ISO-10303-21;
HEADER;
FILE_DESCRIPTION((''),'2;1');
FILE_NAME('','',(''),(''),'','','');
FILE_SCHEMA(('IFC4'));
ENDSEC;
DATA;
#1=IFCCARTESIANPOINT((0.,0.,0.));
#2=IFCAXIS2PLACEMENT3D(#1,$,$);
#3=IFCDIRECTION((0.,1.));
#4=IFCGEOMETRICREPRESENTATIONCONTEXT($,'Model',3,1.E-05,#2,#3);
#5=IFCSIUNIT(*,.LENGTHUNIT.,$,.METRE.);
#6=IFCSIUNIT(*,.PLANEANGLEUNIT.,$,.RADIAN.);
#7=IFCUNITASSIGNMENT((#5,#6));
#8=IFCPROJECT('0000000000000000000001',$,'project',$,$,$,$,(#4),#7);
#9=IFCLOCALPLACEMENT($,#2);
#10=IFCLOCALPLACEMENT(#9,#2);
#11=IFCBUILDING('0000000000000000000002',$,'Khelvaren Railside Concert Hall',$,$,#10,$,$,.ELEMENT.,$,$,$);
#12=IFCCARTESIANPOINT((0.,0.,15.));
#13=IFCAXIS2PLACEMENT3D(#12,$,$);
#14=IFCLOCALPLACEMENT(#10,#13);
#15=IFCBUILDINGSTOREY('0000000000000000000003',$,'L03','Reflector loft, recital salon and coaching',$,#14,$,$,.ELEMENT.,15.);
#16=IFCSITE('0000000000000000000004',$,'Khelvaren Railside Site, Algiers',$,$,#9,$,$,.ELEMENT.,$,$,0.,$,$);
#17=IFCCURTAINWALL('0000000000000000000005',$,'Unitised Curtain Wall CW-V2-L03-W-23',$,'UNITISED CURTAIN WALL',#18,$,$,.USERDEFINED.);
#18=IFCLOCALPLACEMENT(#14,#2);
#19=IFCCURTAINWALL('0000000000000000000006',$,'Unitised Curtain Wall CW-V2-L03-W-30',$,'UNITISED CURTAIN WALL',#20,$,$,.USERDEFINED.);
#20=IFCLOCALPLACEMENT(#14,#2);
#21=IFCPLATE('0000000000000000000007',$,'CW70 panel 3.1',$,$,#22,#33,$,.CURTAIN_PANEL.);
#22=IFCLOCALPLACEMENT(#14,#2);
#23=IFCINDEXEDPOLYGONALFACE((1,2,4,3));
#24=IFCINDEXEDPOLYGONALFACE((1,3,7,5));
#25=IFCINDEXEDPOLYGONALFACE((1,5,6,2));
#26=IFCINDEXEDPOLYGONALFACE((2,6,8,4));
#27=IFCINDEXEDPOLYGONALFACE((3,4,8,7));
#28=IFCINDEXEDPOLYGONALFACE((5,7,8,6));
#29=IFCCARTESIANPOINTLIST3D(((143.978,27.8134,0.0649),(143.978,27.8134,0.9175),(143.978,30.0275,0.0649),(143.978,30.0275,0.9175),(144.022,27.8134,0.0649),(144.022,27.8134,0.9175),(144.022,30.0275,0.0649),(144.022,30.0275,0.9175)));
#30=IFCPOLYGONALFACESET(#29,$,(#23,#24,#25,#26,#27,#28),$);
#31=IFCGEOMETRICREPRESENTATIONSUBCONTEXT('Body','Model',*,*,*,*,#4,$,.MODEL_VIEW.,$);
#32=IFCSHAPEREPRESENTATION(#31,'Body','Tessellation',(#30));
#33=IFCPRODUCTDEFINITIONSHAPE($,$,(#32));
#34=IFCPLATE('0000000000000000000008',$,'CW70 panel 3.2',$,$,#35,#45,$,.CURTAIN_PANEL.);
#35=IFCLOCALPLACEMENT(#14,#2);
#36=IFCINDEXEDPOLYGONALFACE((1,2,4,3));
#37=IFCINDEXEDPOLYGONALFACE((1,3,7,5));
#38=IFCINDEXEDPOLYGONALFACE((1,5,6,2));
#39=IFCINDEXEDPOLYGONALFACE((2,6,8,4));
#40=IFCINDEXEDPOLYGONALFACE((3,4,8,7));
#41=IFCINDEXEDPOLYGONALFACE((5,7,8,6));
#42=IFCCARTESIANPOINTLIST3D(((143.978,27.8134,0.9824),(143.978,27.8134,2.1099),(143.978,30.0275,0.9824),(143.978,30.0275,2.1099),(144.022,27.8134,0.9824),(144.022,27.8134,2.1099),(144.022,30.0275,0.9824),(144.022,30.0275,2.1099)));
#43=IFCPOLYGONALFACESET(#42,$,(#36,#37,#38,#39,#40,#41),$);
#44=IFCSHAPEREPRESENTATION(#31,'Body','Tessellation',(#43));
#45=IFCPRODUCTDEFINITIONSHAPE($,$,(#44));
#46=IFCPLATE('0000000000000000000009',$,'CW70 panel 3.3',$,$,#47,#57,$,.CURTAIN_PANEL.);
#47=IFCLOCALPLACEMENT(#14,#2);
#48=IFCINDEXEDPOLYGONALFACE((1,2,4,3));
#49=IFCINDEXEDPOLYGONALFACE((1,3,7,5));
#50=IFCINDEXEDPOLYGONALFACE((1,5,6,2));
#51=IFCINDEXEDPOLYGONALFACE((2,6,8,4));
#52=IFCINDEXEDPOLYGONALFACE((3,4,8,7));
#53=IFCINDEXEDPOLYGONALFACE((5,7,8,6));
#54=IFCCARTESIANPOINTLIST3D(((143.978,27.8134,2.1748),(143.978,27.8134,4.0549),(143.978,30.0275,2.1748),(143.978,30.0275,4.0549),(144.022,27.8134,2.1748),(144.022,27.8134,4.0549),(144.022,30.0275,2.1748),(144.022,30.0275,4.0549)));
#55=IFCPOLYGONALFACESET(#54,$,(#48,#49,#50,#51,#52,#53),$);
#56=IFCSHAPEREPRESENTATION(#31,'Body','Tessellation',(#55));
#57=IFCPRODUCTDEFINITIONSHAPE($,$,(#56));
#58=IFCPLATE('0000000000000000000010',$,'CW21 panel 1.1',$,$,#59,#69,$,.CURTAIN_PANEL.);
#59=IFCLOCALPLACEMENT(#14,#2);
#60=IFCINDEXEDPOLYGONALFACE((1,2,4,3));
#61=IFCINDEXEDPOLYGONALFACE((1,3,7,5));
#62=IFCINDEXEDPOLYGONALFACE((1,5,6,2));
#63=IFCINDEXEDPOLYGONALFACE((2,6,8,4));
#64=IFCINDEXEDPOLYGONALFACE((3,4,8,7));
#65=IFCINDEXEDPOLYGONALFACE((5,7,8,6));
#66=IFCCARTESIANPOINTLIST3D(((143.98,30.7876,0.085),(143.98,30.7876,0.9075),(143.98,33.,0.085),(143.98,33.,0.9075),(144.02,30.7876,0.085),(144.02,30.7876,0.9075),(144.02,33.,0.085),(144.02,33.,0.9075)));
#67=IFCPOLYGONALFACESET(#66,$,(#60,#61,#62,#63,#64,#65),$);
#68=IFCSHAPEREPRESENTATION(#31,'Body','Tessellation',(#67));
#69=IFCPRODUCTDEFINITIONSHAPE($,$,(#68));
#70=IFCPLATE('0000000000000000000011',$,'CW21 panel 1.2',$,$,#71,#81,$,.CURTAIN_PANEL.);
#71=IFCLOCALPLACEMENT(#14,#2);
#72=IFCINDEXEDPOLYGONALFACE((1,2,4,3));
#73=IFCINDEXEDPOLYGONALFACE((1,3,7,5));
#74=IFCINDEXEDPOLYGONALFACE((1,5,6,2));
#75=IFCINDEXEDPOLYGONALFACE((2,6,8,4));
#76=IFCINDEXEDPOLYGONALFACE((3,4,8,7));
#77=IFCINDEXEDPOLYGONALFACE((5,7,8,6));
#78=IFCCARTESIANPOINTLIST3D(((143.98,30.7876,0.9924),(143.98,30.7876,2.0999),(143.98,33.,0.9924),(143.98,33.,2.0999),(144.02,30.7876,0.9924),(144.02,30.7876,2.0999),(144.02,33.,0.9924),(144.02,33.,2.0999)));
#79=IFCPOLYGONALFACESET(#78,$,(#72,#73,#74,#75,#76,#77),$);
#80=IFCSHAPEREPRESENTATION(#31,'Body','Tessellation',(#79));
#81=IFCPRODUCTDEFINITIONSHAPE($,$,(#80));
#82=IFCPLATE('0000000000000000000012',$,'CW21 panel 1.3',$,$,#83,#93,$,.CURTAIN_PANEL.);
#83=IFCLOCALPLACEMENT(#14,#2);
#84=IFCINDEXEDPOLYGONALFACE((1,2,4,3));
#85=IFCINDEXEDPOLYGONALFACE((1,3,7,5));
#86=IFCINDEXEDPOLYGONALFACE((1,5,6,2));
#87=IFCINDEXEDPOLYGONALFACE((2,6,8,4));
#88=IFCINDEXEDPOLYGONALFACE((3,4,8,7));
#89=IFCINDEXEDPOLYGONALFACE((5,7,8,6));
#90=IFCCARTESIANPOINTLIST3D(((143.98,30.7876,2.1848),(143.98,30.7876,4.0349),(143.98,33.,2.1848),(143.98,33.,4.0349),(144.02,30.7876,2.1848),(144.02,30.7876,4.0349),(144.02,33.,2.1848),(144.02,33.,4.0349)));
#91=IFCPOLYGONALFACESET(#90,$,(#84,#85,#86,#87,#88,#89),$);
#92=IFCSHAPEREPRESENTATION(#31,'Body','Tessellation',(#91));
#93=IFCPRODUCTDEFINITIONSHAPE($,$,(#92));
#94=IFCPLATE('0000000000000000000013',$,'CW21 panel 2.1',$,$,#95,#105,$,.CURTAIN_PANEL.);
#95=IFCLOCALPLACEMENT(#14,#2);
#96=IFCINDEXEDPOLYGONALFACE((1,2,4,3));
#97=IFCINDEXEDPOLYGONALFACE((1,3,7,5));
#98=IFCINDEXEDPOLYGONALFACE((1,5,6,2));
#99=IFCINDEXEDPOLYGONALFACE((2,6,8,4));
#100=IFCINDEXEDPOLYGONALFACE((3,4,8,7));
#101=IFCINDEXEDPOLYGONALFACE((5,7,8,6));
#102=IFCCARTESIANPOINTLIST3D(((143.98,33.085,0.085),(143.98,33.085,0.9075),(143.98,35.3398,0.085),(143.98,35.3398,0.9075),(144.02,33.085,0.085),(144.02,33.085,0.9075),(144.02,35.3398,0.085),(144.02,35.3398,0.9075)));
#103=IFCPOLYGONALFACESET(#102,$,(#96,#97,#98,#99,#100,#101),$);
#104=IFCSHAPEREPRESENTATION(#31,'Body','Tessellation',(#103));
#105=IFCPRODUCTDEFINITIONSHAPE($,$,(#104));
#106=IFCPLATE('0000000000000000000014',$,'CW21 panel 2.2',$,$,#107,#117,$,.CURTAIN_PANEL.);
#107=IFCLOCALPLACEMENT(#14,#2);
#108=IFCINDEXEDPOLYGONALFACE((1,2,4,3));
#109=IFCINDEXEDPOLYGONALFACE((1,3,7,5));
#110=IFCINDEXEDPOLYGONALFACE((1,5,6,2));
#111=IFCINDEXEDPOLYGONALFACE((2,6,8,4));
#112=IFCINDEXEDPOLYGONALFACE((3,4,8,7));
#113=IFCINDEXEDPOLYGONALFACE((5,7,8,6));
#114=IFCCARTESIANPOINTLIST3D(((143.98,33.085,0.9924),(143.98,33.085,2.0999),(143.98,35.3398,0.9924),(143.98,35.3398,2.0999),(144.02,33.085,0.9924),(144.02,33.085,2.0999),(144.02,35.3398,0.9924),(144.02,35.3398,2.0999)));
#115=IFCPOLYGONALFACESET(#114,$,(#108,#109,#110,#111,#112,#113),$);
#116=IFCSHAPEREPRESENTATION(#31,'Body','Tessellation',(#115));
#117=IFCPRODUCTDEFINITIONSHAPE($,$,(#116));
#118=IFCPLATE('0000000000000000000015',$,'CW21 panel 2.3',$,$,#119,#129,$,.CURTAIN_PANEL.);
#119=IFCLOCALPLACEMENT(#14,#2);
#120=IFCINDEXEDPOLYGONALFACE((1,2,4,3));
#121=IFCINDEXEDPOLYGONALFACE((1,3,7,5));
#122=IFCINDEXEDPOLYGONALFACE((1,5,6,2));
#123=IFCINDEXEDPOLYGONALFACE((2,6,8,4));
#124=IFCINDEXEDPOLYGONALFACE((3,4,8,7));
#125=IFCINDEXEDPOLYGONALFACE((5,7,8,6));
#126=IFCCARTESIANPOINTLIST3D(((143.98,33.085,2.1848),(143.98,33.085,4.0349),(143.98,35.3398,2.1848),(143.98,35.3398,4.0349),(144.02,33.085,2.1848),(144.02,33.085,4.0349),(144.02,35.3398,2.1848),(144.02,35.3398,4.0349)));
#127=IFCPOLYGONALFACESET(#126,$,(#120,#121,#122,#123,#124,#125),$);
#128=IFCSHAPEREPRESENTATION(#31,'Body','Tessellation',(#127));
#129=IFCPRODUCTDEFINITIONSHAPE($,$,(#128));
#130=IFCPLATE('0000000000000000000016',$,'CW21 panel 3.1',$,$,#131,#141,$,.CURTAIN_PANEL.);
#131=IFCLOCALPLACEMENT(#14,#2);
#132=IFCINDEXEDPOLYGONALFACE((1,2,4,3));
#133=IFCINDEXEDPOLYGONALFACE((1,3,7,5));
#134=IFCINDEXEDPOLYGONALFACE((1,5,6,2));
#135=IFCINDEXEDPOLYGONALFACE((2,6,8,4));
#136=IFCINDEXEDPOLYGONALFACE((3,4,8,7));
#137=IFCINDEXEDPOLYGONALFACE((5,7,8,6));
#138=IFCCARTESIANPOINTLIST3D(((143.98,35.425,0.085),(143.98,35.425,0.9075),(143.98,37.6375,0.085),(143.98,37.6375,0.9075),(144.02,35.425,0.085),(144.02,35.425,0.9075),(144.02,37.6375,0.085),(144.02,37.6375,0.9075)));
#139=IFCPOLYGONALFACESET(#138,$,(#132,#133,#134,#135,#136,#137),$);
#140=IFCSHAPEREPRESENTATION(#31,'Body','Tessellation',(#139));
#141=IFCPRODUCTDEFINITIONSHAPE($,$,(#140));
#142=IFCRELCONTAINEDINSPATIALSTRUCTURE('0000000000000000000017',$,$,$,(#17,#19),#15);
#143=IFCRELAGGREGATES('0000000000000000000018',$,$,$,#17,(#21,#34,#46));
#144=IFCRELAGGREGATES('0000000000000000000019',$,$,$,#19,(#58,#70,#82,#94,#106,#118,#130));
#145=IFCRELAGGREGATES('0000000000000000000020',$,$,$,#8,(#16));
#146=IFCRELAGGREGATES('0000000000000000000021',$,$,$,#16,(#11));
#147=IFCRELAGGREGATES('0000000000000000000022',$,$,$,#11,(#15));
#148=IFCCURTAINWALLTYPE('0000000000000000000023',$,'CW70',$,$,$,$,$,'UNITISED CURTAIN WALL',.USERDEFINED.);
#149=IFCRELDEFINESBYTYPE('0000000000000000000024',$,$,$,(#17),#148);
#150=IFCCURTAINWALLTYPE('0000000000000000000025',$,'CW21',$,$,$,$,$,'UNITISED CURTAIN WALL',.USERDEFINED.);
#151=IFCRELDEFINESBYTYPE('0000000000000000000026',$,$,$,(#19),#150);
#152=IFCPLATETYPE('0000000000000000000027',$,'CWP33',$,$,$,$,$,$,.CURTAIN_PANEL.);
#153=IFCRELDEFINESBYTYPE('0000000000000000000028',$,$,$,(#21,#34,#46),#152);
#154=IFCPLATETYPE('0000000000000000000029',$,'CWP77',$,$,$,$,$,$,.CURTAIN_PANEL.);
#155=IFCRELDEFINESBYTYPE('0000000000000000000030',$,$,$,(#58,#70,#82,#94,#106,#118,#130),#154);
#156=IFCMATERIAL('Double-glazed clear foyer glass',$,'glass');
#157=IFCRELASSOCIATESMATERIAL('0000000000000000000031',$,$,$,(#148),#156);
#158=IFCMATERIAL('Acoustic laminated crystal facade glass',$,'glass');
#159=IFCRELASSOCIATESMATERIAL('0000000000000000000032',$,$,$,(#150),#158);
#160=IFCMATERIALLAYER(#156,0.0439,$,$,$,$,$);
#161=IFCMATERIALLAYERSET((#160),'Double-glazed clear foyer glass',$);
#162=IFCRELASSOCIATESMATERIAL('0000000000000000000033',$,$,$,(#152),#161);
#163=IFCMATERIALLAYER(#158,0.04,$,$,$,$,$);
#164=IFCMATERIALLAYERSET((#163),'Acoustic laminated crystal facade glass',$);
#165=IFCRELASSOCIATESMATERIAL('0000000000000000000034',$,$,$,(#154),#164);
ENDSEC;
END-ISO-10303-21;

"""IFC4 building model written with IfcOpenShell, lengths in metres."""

from ifc_helpers import new_model, si_unit, direction, frame, origin, origin_2d, place, context, subcontext, project, spatial, rectangle, extrude, material, layer, layer_set, type_object, element, aggregate, save


model = new_model("IFC4")

# Units and contexts
model_context = context("Model", 3, precision=1e-05, world=origin(), true_north=direction((0.0, 1.0)))
body_context = subcontext(model_context, "Body", "Model", "MODEL_VIEW")
ifc_project = project(units=[si_unit("LENGTHUNIT", "METRE"), si_unit("PLANEANGLEUNIT", "RADIAN")], contexts=[model_context])

# Site, building, storey
site_placement = place(None, origin())
site = spatial("IfcSite", under=ifc_project, at=site_placement, Name="Khelvaren Railside Site, Algiers", CompositionType="ELEMENT", RefElevation=0.0)
building_placement = place(site_placement, origin())
building = spatial("IfcBuilding", under=site, at=building_placement, Name="Khelvaren Railside Concert Hall", CompositionType="ELEMENT")
storey_placement = place(building_placement, frame((0.0, 0.0, 15.0)))
storey = spatial("IfcBuildingStorey", under=building, at=storey_placement, Name="L03", Description="Reflector loft, recital salon and coaching", CompositionType="ELEMENT", Elevation=15.0)

# Curtain wall
ifc_material_1 = material(Name="Double-glazed clear foyer glass", Category="glass")
curtain_wall_type_1 = type_object("IfcCurtainWallType", Name="CW70", ElementType="UNITISED CURTAIN WALL", PredefinedType="USERDEFINED", material=ifc_material_1)
curtain_wall_1_placement = place(storey_placement, origin())
curtain_wall_1 = element("IfcCurtainWall", 1, at=curtain_wall_1_placement, inside=storey, type_object=curtain_wall_type_1, Name="Unitised Curtain Wall CW-V2-L03-W-23", ObjectType="UNITISED CURTAIN WALL", PredefinedType="USERDEFINED")

# Curtain wall
ifc_material_2 = material(Name="Acoustic laminated crystal facade glass", Category="glass")
curtain_wall_type_2 = type_object("IfcCurtainWallType", Name="CW21", ElementType="UNITISED CURTAIN WALL", PredefinedType="USERDEFINED", material=ifc_material_2)
curtain_wall_2_placement = place(storey_placement, origin())
curtain_wall_2 = element("IfcCurtainWall", 2, at=curtain_wall_2_placement, inside=storey, type_object=curtain_wall_type_2, Name="Unitised Curtain Wall CW-V2-L03-W-30", ObjectType="UNITISED CURTAIN WALL", PredefinedType="USERDEFINED")

# Plates
ifc_layer_1 = layer(ifc_material_1, 0.0439)
ifc_layer_set_1 = layer_set([ifc_layer_1], Name="Double-glazed clear foyer glass")
plate_type_1 = type_object("IfcPlateType", Name="CWP33", PredefinedType="CURTAIN_PANEL", material=ifc_layer_set_1)
plate_1_placement = place(storey_placement, frame((144.0, 28.9204, 0.0649), z_axis=(0.0, 0.0, 1.0), x_axis=(0.0, 1.0, 0.0)))
plate_1 = element("IfcPlate", 3, at=plate_1_placement, type_object=plate_type_1, Name="CW70 panel 3.1", PredefinedType="CURTAIN_PANEL", context=body_context, shape_type="SweptSolid", body=[
    extrude(rectangle(XDim=2.2141, YDim=0.0439, at=origin_2d()), origin(), (0.0, 0.0, 1.0), 0.8525),
])
plate_2_placement = place(storey_placement, frame((144.0, 28.9204, 0.9824), z_axis=(0.0, 0.0, 1.0), x_axis=(0.0, 1.0, 0.0)))
plate_2 = element("IfcPlate", 4, at=plate_2_placement, type_object=plate_type_1, Name="CW70 panel 3.2", PredefinedType="CURTAIN_PANEL", context=body_context, shape_type="SweptSolid", body=[
    extrude(rectangle(XDim=2.2141, YDim=0.0439, at=origin_2d()), origin(), (0.0, 0.0, 1.0), 1.1274),
])
plate_3_placement = place(storey_placement, frame((144.0, 28.9204, 2.1748), z_axis=(0.0, 0.0, 1.0), x_axis=(0.0, 1.0, 0.0)))
plate_3 = element("IfcPlate", 5, at=plate_3_placement, type_object=plate_type_1, Name="CW70 panel 3.3", PredefinedType="CURTAIN_PANEL", context=body_context, shape_type="SweptSolid", body=[
    extrude(rectangle(XDim=2.2141, YDim=0.0439, at=origin_2d()), origin(), (0.0, 0.0, 1.0), 1.8801),
])
aggregate(curtain_wall_1, [plate_1, plate_2, plate_3])
ifc_layer_2 = layer(ifc_material_2, 0.04)
ifc_layer_set_2 = layer_set([ifc_layer_2], Name="Acoustic laminated crystal facade glass")
plate_type_2 = type_object("IfcPlateType", Name="CWP77", PredefinedType="CURTAIN_PANEL", material=ifc_layer_set_2)
plate_4_placement = place(storey_placement, frame((144.0, 31.8938, 0.085), z_axis=(0.0, 0.0, 1.0), x_axis=(0.0, 1.0, 0.0)))
plate_4 = element("IfcPlate", 6, at=plate_4_placement, type_object=plate_type_2, Name="CW21 panel 1.1", PredefinedType="CURTAIN_PANEL", context=body_context, shape_type="SweptSolid", body=[
    extrude(rectangle(XDim=2.2124, YDim=0.04, at=origin_2d()), origin(), (0.0, 0.0, 1.0), 0.8225),
])
plate_5_placement = place(storey_placement, frame((144.0, 31.8938, 0.9924), z_axis=(0.0, 0.0, 1.0), x_axis=(0.0, 1.0, 0.0)))
plate_5 = element("IfcPlate", 7, at=plate_5_placement, type_object=plate_type_2, Name="CW21 panel 1.2", PredefinedType="CURTAIN_PANEL", context=body_context, shape_type="SweptSolid", body=[
    extrude(rectangle(XDim=2.2124, YDim=0.04, at=origin_2d()), origin(), (0.0, 0.0, 1.0), 1.1074),
])
plate_6_placement = place(storey_placement, frame((144.0, 31.8938, 2.1848), z_axis=(0.0, 0.0, 1.0), x_axis=(0.0, 1.0, 0.0)))
plate_6 = element("IfcPlate", 8, at=plate_6_placement, type_object=plate_type_2, Name="CW21 panel 1.3", PredefinedType="CURTAIN_PANEL", context=body_context, shape_type="SweptSolid", body=[
    extrude(rectangle(XDim=2.2124, YDim=0.04, at=origin_2d()), origin(), (0.0, 0.0, 1.0), 1.8501),
])
plate_7_placement = place(storey_placement, frame((144.0, 34.2124, 0.085), z_axis=(0.0, 0.0, 1.0), x_axis=(0.0, 1.0, 0.0)))
plate_7 = element("IfcPlate", 9, at=plate_7_placement, type_object=plate_type_2, Name="CW21 panel 2.1", PredefinedType="CURTAIN_PANEL", context=body_context, shape_type="SweptSolid", body=[
    extrude(rectangle(XDim=2.2549, YDim=0.04, at=origin_2d()), origin(), (0.0, 0.0, 1.0), 0.8225),
])
plate_8_placement = place(storey_placement, frame((144.0, 34.2124, 0.9924), z_axis=(0.0, 0.0, 1.0), x_axis=(0.0, 1.0, 0.0)))
plate_8 = element("IfcPlate", 10, at=plate_8_placement, type_object=plate_type_2, Name="CW21 panel 2.2", PredefinedType="CURTAIN_PANEL", context=body_context, shape_type="SweptSolid", body=[
    extrude(rectangle(XDim=2.2549, YDim=0.04, at=origin_2d()), origin(), (0.0, 0.0, 1.0), 1.1074),
])
plate_9_placement = place(storey_placement, frame((144.0, 34.2124, 2.1848), z_axis=(0.0, 0.0, 1.0), x_axis=(0.0, 1.0, 0.0)))
plate_9 = element("IfcPlate", 11, at=plate_9_placement, type_object=plate_type_2, Name="CW21 panel 2.3", PredefinedType="CURTAIN_PANEL", context=body_context, shape_type="SweptSolid", body=[
    extrude(rectangle(XDim=2.2549, YDim=0.04, at=origin_2d()), origin(), (0.0, 0.0, 1.0), 1.8501),
])
plate_10_placement = place(storey_placement, frame((144.0, 36.5312, 0.085), z_axis=(0.0, 0.0, 1.0), x_axis=(0.0, 1.0, 0.0)))
plate_10 = element("IfcPlate", 12, at=plate_10_placement, type_object=plate_type_2, Name="CW21 panel 3.1", PredefinedType="CURTAIN_PANEL", context=body_context, shape_type="SweptSolid", body=[
    extrude(rectangle(XDim=2.2124, YDim=0.04, at=origin_2d()), origin(), (0.0, 0.0, 1.0), 0.8225),
])
aggregate(curtain_wall_2, [plate_4, plate_5, plate_6, plate_7, plate_8, plate_9, plate_10])

save(model, "model.ifc")
